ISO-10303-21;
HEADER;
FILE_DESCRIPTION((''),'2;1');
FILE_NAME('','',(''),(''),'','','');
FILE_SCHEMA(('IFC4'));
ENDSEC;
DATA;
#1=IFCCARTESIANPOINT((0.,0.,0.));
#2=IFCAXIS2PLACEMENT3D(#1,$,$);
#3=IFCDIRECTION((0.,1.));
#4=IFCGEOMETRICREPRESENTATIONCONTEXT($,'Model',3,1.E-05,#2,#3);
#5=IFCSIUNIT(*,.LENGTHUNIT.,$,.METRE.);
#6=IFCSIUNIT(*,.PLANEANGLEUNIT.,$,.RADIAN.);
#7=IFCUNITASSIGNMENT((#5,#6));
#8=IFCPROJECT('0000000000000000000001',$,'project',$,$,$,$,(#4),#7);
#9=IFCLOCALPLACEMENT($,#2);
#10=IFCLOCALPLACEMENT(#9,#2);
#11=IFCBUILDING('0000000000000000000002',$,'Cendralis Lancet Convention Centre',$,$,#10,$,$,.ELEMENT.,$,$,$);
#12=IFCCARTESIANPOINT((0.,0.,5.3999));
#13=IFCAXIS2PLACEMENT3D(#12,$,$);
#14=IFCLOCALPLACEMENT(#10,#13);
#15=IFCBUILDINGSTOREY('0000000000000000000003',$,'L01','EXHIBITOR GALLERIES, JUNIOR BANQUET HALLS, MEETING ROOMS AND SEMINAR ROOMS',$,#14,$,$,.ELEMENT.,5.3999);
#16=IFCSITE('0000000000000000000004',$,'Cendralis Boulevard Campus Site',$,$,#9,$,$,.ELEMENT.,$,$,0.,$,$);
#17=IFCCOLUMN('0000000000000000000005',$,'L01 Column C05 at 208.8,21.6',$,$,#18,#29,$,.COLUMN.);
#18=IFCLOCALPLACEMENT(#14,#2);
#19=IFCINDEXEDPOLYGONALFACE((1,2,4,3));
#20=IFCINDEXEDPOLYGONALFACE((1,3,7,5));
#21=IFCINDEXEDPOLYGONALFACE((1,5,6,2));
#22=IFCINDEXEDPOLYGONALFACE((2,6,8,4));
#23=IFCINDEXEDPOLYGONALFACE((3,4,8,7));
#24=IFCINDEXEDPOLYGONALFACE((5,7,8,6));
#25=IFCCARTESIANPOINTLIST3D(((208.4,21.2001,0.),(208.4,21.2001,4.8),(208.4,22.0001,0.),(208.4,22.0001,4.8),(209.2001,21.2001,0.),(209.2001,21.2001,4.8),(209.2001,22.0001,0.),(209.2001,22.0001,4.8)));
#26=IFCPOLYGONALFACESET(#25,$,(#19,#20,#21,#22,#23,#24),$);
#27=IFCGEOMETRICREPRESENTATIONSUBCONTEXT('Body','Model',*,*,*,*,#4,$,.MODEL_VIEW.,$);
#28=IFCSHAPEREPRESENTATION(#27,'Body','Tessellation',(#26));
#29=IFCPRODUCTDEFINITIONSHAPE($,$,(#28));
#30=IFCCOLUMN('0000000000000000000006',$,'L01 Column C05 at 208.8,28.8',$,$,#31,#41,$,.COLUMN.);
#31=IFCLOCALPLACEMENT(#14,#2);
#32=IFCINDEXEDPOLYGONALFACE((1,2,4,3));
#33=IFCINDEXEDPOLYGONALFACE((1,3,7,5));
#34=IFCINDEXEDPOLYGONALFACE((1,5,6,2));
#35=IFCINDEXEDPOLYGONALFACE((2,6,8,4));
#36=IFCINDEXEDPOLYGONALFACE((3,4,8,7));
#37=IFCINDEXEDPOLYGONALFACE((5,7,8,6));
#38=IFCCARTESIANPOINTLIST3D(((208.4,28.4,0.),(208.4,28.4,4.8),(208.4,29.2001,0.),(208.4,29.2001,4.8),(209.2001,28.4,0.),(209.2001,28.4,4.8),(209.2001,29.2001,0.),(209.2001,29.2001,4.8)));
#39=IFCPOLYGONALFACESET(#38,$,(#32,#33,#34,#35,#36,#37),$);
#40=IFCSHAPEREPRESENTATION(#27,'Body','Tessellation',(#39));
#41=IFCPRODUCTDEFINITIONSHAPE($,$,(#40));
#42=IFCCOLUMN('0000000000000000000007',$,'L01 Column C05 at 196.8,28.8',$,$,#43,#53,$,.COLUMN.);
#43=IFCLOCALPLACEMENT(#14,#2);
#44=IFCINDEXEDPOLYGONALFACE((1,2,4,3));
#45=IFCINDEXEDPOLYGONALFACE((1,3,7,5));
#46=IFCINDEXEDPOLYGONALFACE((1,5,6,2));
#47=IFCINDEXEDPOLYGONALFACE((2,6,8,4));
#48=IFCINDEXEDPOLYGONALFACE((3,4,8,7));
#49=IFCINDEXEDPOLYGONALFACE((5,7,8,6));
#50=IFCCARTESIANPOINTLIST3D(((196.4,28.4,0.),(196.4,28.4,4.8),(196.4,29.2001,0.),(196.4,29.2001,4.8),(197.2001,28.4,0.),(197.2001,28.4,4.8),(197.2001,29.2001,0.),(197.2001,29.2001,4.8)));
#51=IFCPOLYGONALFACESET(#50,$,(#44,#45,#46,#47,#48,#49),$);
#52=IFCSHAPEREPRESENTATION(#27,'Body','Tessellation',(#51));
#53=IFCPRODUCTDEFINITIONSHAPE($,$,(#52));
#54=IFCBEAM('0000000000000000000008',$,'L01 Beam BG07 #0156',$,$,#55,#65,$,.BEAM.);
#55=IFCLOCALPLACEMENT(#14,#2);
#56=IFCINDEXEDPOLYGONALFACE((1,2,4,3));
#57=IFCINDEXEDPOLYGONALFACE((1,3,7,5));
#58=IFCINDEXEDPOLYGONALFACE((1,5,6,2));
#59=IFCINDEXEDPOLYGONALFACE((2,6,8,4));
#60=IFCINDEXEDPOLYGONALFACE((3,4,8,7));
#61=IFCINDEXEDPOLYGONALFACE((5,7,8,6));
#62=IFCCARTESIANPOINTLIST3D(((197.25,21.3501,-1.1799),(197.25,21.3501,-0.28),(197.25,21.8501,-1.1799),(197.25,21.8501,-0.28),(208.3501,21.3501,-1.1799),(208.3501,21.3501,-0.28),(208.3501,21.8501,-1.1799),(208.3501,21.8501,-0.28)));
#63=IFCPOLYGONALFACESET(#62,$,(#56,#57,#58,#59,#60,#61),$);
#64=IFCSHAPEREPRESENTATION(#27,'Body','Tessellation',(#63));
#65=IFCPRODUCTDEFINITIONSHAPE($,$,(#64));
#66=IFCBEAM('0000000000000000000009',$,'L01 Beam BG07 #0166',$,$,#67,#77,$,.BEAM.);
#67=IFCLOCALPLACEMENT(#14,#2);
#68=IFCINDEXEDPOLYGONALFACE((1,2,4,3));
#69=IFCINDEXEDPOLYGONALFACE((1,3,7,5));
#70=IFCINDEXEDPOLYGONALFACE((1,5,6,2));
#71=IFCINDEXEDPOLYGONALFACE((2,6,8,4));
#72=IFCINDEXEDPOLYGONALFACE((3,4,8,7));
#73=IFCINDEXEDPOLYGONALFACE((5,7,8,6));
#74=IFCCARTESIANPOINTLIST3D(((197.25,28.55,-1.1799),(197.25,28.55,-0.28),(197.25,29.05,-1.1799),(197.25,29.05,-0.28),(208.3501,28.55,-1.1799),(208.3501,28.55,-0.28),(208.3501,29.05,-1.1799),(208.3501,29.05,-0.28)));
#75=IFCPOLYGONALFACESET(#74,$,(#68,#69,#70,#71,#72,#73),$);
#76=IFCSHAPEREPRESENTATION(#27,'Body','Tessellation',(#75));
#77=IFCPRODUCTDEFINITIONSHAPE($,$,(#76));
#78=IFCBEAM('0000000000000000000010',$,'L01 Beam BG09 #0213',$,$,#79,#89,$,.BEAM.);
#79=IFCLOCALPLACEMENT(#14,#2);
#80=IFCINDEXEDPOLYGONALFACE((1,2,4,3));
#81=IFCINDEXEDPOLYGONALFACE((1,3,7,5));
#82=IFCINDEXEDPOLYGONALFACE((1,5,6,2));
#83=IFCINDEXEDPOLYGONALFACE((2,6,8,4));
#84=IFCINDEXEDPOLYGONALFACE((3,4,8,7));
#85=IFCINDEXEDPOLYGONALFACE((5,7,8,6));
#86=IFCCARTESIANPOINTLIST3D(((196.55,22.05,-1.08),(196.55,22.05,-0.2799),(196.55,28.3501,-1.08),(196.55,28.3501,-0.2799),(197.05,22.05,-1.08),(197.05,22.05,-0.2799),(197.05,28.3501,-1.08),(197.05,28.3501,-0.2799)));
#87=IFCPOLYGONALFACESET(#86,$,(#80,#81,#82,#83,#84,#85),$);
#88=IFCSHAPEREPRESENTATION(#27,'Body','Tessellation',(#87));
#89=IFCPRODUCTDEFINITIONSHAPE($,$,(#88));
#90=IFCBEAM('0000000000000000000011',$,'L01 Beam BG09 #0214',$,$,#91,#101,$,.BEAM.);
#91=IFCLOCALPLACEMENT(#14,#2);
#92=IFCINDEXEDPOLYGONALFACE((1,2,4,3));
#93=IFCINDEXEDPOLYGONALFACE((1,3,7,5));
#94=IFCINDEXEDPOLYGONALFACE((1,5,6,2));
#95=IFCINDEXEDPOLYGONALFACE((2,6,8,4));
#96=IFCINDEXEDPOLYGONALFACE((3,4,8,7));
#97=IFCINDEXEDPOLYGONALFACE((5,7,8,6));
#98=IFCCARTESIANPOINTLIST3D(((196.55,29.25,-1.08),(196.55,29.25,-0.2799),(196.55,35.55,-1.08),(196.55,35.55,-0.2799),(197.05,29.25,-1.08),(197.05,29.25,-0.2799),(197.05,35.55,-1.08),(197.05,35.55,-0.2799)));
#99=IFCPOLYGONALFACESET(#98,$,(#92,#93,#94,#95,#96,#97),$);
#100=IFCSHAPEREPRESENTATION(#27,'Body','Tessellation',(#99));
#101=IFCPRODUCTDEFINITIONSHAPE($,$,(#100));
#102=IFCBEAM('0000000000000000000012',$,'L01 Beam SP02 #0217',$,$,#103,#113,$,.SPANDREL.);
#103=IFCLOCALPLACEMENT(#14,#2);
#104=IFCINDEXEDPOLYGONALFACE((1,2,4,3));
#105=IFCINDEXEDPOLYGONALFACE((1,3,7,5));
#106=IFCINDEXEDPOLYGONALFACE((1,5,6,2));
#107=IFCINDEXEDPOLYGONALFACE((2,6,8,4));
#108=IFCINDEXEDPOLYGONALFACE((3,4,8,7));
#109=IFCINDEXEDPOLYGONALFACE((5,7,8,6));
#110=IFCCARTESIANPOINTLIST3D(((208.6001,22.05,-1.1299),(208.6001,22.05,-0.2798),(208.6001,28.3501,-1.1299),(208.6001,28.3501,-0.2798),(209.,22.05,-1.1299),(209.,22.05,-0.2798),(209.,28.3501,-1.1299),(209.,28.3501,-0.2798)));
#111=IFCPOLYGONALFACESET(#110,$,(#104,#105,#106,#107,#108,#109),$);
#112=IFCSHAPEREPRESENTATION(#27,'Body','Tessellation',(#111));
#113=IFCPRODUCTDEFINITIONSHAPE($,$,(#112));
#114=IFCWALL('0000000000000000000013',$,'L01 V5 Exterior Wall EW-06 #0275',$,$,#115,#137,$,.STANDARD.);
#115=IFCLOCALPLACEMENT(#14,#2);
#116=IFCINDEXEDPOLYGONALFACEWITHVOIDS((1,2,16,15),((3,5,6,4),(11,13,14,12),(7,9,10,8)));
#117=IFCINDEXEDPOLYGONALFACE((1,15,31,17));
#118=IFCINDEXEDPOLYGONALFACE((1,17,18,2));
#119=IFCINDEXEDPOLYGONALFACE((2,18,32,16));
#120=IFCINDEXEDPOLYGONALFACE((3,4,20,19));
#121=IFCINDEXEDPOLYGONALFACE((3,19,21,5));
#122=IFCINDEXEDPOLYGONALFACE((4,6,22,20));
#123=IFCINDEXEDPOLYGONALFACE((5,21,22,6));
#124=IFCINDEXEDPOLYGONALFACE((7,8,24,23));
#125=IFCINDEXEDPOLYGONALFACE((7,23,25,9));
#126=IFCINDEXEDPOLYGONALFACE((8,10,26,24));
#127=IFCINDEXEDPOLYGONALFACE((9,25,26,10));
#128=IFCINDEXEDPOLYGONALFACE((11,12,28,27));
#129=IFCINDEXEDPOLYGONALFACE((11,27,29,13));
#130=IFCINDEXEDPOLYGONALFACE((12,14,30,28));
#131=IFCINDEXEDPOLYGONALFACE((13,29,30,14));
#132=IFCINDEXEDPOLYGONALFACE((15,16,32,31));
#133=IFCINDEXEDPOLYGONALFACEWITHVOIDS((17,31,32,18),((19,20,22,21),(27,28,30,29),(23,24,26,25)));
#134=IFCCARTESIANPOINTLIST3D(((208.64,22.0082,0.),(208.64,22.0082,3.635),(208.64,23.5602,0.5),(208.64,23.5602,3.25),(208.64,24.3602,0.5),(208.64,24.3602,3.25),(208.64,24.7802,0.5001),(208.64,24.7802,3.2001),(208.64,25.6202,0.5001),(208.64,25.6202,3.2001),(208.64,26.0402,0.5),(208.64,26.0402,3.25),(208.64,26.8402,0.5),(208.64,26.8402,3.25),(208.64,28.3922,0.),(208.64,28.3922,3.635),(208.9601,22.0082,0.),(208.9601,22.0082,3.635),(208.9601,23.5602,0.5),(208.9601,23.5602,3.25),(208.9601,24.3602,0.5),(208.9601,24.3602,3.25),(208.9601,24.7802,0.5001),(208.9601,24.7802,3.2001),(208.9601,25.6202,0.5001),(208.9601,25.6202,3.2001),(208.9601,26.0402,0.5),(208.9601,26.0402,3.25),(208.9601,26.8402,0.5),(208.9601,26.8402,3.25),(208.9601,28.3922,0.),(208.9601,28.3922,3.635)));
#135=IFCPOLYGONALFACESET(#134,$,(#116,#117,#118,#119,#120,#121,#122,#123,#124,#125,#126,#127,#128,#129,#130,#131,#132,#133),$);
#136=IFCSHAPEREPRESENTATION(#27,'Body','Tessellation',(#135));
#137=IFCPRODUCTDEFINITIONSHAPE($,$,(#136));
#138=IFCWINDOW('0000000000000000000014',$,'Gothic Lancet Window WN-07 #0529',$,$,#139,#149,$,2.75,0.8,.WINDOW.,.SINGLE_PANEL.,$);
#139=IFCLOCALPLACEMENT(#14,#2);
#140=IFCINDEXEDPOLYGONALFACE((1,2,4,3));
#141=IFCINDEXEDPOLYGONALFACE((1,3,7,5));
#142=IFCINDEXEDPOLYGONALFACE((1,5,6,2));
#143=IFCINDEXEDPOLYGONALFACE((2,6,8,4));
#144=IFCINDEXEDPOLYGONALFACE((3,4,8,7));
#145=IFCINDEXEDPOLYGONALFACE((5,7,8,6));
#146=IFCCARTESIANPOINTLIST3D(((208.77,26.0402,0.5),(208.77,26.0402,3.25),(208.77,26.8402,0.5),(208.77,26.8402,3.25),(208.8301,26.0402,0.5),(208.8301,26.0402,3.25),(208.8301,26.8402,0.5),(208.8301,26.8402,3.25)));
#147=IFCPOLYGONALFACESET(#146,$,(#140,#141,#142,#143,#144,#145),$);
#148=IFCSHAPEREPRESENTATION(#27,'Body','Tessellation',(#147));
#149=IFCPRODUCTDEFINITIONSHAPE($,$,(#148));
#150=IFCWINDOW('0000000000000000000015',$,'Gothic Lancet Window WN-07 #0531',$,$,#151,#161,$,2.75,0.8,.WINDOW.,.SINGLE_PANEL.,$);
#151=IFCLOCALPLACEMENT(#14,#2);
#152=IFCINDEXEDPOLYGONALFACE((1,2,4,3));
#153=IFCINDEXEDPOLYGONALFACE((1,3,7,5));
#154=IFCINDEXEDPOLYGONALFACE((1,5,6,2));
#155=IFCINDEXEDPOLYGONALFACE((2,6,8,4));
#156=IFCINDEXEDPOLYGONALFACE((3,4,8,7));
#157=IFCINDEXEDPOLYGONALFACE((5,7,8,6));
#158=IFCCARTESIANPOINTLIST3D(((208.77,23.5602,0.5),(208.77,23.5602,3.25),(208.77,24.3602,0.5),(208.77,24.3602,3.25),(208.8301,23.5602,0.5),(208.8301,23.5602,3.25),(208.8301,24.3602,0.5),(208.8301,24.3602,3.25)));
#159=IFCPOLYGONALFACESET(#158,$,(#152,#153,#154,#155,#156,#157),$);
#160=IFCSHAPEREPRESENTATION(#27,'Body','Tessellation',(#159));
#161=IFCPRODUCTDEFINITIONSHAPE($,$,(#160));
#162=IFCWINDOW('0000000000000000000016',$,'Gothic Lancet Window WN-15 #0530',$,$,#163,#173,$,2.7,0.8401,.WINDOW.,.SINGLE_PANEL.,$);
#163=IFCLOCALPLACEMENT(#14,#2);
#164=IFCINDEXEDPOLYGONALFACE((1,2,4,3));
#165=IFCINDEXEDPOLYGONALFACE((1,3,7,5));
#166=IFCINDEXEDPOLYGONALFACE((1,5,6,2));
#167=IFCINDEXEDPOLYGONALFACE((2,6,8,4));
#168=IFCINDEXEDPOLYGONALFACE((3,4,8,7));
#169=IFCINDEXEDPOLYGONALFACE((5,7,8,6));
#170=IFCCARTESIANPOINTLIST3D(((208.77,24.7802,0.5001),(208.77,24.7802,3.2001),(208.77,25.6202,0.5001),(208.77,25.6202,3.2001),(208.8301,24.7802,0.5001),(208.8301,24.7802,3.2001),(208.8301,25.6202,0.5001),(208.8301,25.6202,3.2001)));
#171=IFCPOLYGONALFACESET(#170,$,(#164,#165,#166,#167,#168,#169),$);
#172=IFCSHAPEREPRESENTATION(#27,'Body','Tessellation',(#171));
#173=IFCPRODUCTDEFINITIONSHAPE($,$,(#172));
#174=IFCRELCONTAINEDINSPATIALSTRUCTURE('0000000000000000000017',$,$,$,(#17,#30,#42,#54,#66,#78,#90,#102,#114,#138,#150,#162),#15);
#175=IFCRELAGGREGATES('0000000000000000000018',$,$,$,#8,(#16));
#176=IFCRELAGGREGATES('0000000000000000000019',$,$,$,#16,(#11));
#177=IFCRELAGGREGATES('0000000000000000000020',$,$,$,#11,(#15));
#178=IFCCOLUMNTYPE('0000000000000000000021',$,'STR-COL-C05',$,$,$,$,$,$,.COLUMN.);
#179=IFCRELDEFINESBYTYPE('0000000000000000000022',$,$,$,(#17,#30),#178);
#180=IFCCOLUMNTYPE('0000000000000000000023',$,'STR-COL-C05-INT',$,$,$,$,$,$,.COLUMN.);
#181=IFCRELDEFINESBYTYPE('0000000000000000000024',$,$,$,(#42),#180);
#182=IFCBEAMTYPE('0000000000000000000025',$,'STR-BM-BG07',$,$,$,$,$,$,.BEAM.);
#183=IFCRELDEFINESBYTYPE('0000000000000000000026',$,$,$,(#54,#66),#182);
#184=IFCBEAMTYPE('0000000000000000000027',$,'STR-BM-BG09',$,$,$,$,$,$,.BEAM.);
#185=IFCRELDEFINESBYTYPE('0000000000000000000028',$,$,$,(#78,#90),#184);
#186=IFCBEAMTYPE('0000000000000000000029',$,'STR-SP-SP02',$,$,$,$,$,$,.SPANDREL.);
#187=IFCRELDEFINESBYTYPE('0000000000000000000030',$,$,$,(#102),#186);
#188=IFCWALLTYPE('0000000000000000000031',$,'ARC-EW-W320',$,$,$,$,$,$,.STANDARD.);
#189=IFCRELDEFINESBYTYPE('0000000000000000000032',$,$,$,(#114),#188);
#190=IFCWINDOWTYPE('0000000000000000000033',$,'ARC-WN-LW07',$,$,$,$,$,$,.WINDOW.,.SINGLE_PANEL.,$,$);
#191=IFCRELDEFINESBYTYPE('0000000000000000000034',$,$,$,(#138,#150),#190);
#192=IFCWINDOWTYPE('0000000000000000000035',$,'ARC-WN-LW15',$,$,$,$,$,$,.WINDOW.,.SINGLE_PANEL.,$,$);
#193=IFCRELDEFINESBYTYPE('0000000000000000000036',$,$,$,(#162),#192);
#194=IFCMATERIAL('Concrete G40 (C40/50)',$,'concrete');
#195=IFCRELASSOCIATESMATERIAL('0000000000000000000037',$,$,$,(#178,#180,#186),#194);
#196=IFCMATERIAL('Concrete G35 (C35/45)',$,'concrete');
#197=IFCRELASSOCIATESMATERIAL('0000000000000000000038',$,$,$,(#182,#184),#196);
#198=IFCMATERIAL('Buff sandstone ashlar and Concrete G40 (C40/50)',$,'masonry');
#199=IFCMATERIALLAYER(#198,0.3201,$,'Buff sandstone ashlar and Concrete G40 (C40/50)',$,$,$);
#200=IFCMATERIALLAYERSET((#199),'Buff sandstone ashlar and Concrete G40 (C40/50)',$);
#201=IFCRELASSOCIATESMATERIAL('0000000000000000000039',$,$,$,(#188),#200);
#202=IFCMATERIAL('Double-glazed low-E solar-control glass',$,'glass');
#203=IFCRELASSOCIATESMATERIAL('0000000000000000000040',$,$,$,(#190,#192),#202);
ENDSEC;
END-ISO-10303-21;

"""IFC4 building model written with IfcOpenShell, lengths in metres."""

from ifc_helpers import new_model, si_unit, direction, frame, frame_2d, origin, origin_2d, place, context, subcontext, project, spatial, rectangle, extrude, material, layer, layer_set, material_profile, profile_set, type_object, element, fill, save


model = new_model("IFC4")

# Units and contexts
model_context = context("Model", 3, precision=1e-05, world=origin(), true_north=direction((0.0, 1.0)))
body_context = subcontext(model_context, "Body", "Model", "MODEL_VIEW")
ifc_project = project(units=[si_unit("LENGTHUNIT", "METRE"), si_unit("PLANEANGLEUNIT", "RADIAN")], contexts=[model_context])

# Site, building, storey
site_placement = place(None, origin())
site = spatial("IfcSite", under=ifc_project, at=site_placement, Name="Cendralis Boulevard Campus Site", CompositionType="ELEMENT", RefElevation=0.0)
building_placement = place(site_placement, origin())
building = spatial("IfcBuilding", under=site, at=building_placement, Name="Cendralis Lancet Convention Centre", CompositionType="ELEMENT")
storey_placement = place(building_placement, frame((0.0, 0.0, 5.3999)))
storey = spatial("IfcBuildingStorey", under=building, at=storey_placement, Name="L01", Description="EXHIBITOR GALLERIES, JUNIOR BANQUET HALLS, MEETING ROOMS AND SEMINAR ROOMS", CompositionType="ELEMENT", Elevation=5.3999)

# Columns
ifc_material_1 = material(Name="Concrete G40 (C40/50)", Category="concrete")
ifc_material_profile_1 = material_profile(ifc_material_1, rectangle(XDim=0.8, YDim=0.8, at=origin_2d()), Name="RC 800x800")
ifc_profile_set_1 = profile_set([ifc_material_profile_1], Name="Concrete G40 (C40/50)")
column_type_1 = type_object("IfcColumnType", Name="STR-COL-C05", PredefinedType="COLUMN", material=ifc_profile_set_1)
for number, where, z_axis, x_axis, name in (
    (1, (208.8, 21.6001, 0.0), (0.0, 0.0, 1.0), (1.0, 0.0, 0.0), "L01 Column C05 at 208.8,21.6"),
    (2, (208.8, 28.8, 0.0), (0.0, 0.0, 1.0), (1.0, 0.0, 0.0), "L01 Column C05 at 208.8,28.8"),
):
    element("IfcColumn", number, at=place(storey_placement, frame(where, z_axis=z_axis, x_axis=x_axis)), inside=storey, type_object=column_type_1, Name=name, PredefinedType="COLUMN", context=body_context, shape_type="SweptSolid", body=[
        extrude(rectangle(XDim=0.8, YDim=0.8, at=origin_2d()), origin(), (0.0, 0.0, 1.0), 4.8),
    ])
ifc_material_profile_2 = material_profile(ifc_material_1, rectangle(XDim=0.8, YDim=0.8, at=origin_2d()), Name="RC 800x800")
ifc_profile_set_2 = profile_set([ifc_material_profile_2], Name="Concrete G40 (C40/50)")
column_type_2 = type_object("IfcColumnType", Name="STR-COL-C05-INT", PredefinedType="COLUMN", material=ifc_profile_set_2)
column_placement = place(storey_placement, frame((196.8, 28.8, 0.0), z_axis=(0.0, 0.0, 1.0), x_axis=(1.0, 0.0, 0.0)))
element("IfcColumn", 3, at=column_placement, inside=storey, type_object=column_type_2, Name="L01 Column C05 at 196.8,28.8", PredefinedType="COLUMN", context=body_context, shape_type="SweptSolid", body=[
    extrude(rectangle(XDim=0.8, YDim=0.8, at=origin_2d()), origin(), (0.0, 0.0, 1.0), 4.8),
])

# Beams
ifc_material_2 = material(Name="Concrete G35 (C35/45)", Category="concrete")
ifc_material_profile_3 = material_profile(ifc_material_2, rectangle(XDim=0.5, YDim=0.8999, at=origin_2d()), Name="RCB 500x900")
ifc_profile_set_3 = profile_set([ifc_material_profile_3], Name="Concrete G35 (C35/45)")
beam_type_1 = type_object("IfcBeamType", Name="STR-BM-BG07", PredefinedType="BEAM", material=ifc_profile_set_3)
for number, where, z_axis, x_axis, name in (
    (4, (197.25, 21.6001, -0.73), (1.0, 0.0, 0.0), (0.0, 1.0, 0.0), "L01 Beam BG07 #0156"),
    (5, (197.25, 28.8, -0.73), (1.0, 0.0, 0.0), (0.0, 1.0, 0.0), "L01 Beam BG07 #0166"),
):
    element("IfcBeam", number, at=place(storey_placement, frame(where, z_axis=z_axis, x_axis=x_axis)), inside=storey, type_object=beam_type_1, Name=name, PredefinedType="BEAM", context=body_context, shape_type="SweptSolid", body=[
        extrude(rectangle(XDim=0.5, YDim=0.8999, at=origin_2d()), origin(), (0.0, 0.0, 1.0), 11.1001),
    ])
ifc_material_profile_4 = material_profile(ifc_material_2, rectangle(XDim=0.5, YDim=0.8, at=origin_2d()), Name="RCB 500x800")
ifc_profile_set_4 = profile_set([ifc_material_profile_4], Name="Concrete G35 (C35/45)")
beam_type_2 = type_object("IfcBeamType", Name="STR-BM-BG09", PredefinedType="BEAM", material=ifc_profile_set_4)
for number, where, z_axis, x_axis, name in (
    (6, (196.8, 22.05, -0.6799), (0.0, 1.0, 0.0), (-1.0, 0.0, 0.0), "L01 Beam BG09 #0213"),
    (7, (196.8, 29.25, -0.6799), (0.0, 1.0, 0.0), (-1.0, 0.0, 0.0), "L01 Beam BG09 #0214"),
):
    element("IfcBeam", number, at=place(storey_placement, frame(where, z_axis=z_axis, x_axis=x_axis)), inside=storey, type_object=beam_type_2, Name=name, PredefinedType="BEAM", context=body_context, shape_type="SweptSolid", body=[
        extrude(rectangle(XDim=0.5, YDim=0.8, at=origin_2d()), origin(), (0.0, 0.0, 1.0), 6.3),
    ])
ifc_material_profile_5 = material_profile(ifc_material_1, rectangle(XDim=0.3999, YDim=0.8501, at=origin_2d()), Name="RCB 400x850")
ifc_profile_set_5 = profile_set([ifc_material_profile_5], Name="Concrete G40 (C40/50)")
beam_type_3 = type_object("IfcBeamType", Name="STR-SP-SP02", PredefinedType="SPANDREL", material=ifc_profile_set_5)
beam_placement = place(storey_placement, frame((208.8, 22.05, -0.7048), z_axis=(0.0, 1.0, 0.0), x_axis=(-1.0, 0.0, 0.0)))
element("IfcBeam", 8, at=beam_placement, inside=storey, type_object=beam_type_3, Name="L01 Beam SP02 #0217", PredefinedType="SPANDREL", context=body_context, shape_type="SweptSolid", body=[
    extrude(rectangle(XDim=0.3999, YDim=0.8501, at=origin_2d()), origin(), (0.0, 0.0, 1.0), 6.3),
])

# Wall, openings, windows
ifc_material_3 = material(Name="Buff sandstone ashlar and Concrete G40 (C40/50)", Category="masonry")
ifc_layer_1 = layer(ifc_material_3, 0.3201, Name="Buff sandstone ashlar and Concrete G40 (C40/50)")
ifc_layer_set_1 = layer_set([ifc_layer_1], Name="Buff sandstone ashlar and Concrete G40 (C40/50)")
wall_type_1 = type_object("IfcWallType", Name="ARC-EW-W320", PredefinedType="STANDARD", material=ifc_layer_set_1)
wall_1_placement = place(storey_placement, frame((208.8, 28.3921, 0.0), z_axis=(0.0, 0.0, 1.0), x_axis=(0.0, -1.0, 0.0)))
wall_1 = element("IfcWall", 9, at=wall_1_placement, inside=storey, type_object=wall_type_1, Name="L01 V5 Exterior Wall EW-06 #0275", PredefinedType="STANDARD", context=body_context, shape_type="SweptSolid", body=[
    extrude(rectangle(XDim=6.384, YDim=0.3201, at=frame_2d((3.1919, 0.0))), origin(), (0.0, 0.0, 1.0), 3.635),
])
opening_1_placement = place(wall_1_placement, frame((1.552, 0.0, 0.5)))
opening_1 = element("IfcOpeningElement", 10, at=opening_1_placement, cuts=wall_1, PredefinedType="OPENING", context=body_context, shape_type="SweptSolid", body=[
    extrude(rectangle(XDim=0.8, YDim=2.75, at=frame_2d((0.3999, 1.375))), frame((0.0, 0.1699, 0.0), z_axis=(0.0, -1.0, 0.0), x_axis=(1.0, 0.0, 0.0)), (0.0, 0.0, 1.0), 0.3401),
])
opening_2_placement = place(wall_1_placement, frame((2.772, 0.0, 0.5)))
opening_2 = element("IfcOpeningElement", 11, at=opening_2_placement, cuts=wall_1, PredefinedType="OPENING", context=body_context, shape_type="SweptSolid", body=[
    extrude(rectangle(XDim=0.8401, YDim=2.7, at=frame_2d((0.4199, 1.3501))), frame((0.0, 0.1699, 0.0), z_axis=(0.0, -1.0, 0.0), x_axis=(1.0, 0.0, 0.0)), (0.0, 0.0, 1.0), 0.3401),
])
opening_3_placement = place(wall_1_placement, frame((4.032, 0.0, 0.5)))
opening_3 = element("IfcOpeningElement", 12, at=opening_3_placement, cuts=wall_1, PredefinedType="OPENING", context=body_context, shape_type="SweptSolid", body=[
    extrude(rectangle(XDim=0.8, YDim=2.75, at=frame_2d((0.3999, 1.375))), frame((0.0, 0.1699, 0.0), z_axis=(0.0, -1.0, 0.0), x_axis=(1.0, 0.0, 0.0)), (0.0, 0.0, 1.0), 0.3401),
])
ifc_material_4 = material(Name="Double-glazed low-E solar-control glass", Category="glass")
window_type_1 = type_object("IfcWindowType", Name="ARC-WN-LW07", PartitioningType="SINGLE_PANEL", PredefinedType="WINDOW", material=ifc_material_4)
window_1_placement = place(opening_1_placement, origin())
window_1 = element("IfcWindow", 13, at=window_1_placement, inside=storey, type_object=window_type_1, Name="Gothic Lancet Window WN-07 #0529", OverallHeight=2.75, OverallWidth=0.8, PartitioningType="SINGLE_PANEL", PredefinedType="WINDOW", context=body_context, shape_type="SweptSolid", body=[
    extrude(rectangle(XDim=0.8, YDim=2.75, at=frame_2d((0.3999, 1.375))), frame((0.0, 0.03, 0.0), z_axis=(0.0, -1.0, 0.0), x_axis=(1.0, 0.0, 0.0)), (0.0, 0.0, 1.0), 0.0601),
])
fill(opening_1, window_1)
window_2_placement = place(opening_3_placement, origin())
window_2 = element("IfcWindow", 14, at=window_2_placement, inside=storey, type_object=window_type_1, Name="Gothic Lancet Window WN-07 #0531", OverallHeight=2.75, OverallWidth=0.8, PartitioningType="SINGLE_PANEL", PredefinedType="WINDOW", context=body_context, shape_type="SweptSolid", body=[
    extrude(rectangle(XDim=0.8, YDim=2.75, at=frame_2d((0.3999, 1.375))), frame((0.0, 0.03, 0.0), z_axis=(0.0, -1.0, 0.0), x_axis=(1.0, 0.0, 0.0)), (0.0, 0.0, 1.0), 0.0601),
])
fill(opening_3, window_2)
window_type_2 = type_object("IfcWindowType", Name="ARC-WN-LW15", PartitioningType="SINGLE_PANEL", PredefinedType="WINDOW", material=ifc_material_4)
window_3_placement = place(opening_2_placement, origin())
window_3 = element("IfcWindow", 15, at=window_3_placement, inside=storey, type_object=window_type_2, Name="Gothic Lancet Window WN-15 #0530", OverallHeight=2.7, OverallWidth=0.8401, PartitioningType="SINGLE_PANEL", PredefinedType="WINDOW", context=body_context, shape_type="SweptSolid", body=[
    extrude(rectangle(XDim=0.8401, YDim=2.7, at=frame_2d((0.4199, 1.3501))), frame((0.0, 0.03, 0.0), z_axis=(0.0, -1.0, 0.0), x_axis=(1.0, 0.0, 0.0)), (0.0, 0.0, 1.0), 0.0601),
])
fill(opening_2, window_3)

save(model, "model.ifc")
